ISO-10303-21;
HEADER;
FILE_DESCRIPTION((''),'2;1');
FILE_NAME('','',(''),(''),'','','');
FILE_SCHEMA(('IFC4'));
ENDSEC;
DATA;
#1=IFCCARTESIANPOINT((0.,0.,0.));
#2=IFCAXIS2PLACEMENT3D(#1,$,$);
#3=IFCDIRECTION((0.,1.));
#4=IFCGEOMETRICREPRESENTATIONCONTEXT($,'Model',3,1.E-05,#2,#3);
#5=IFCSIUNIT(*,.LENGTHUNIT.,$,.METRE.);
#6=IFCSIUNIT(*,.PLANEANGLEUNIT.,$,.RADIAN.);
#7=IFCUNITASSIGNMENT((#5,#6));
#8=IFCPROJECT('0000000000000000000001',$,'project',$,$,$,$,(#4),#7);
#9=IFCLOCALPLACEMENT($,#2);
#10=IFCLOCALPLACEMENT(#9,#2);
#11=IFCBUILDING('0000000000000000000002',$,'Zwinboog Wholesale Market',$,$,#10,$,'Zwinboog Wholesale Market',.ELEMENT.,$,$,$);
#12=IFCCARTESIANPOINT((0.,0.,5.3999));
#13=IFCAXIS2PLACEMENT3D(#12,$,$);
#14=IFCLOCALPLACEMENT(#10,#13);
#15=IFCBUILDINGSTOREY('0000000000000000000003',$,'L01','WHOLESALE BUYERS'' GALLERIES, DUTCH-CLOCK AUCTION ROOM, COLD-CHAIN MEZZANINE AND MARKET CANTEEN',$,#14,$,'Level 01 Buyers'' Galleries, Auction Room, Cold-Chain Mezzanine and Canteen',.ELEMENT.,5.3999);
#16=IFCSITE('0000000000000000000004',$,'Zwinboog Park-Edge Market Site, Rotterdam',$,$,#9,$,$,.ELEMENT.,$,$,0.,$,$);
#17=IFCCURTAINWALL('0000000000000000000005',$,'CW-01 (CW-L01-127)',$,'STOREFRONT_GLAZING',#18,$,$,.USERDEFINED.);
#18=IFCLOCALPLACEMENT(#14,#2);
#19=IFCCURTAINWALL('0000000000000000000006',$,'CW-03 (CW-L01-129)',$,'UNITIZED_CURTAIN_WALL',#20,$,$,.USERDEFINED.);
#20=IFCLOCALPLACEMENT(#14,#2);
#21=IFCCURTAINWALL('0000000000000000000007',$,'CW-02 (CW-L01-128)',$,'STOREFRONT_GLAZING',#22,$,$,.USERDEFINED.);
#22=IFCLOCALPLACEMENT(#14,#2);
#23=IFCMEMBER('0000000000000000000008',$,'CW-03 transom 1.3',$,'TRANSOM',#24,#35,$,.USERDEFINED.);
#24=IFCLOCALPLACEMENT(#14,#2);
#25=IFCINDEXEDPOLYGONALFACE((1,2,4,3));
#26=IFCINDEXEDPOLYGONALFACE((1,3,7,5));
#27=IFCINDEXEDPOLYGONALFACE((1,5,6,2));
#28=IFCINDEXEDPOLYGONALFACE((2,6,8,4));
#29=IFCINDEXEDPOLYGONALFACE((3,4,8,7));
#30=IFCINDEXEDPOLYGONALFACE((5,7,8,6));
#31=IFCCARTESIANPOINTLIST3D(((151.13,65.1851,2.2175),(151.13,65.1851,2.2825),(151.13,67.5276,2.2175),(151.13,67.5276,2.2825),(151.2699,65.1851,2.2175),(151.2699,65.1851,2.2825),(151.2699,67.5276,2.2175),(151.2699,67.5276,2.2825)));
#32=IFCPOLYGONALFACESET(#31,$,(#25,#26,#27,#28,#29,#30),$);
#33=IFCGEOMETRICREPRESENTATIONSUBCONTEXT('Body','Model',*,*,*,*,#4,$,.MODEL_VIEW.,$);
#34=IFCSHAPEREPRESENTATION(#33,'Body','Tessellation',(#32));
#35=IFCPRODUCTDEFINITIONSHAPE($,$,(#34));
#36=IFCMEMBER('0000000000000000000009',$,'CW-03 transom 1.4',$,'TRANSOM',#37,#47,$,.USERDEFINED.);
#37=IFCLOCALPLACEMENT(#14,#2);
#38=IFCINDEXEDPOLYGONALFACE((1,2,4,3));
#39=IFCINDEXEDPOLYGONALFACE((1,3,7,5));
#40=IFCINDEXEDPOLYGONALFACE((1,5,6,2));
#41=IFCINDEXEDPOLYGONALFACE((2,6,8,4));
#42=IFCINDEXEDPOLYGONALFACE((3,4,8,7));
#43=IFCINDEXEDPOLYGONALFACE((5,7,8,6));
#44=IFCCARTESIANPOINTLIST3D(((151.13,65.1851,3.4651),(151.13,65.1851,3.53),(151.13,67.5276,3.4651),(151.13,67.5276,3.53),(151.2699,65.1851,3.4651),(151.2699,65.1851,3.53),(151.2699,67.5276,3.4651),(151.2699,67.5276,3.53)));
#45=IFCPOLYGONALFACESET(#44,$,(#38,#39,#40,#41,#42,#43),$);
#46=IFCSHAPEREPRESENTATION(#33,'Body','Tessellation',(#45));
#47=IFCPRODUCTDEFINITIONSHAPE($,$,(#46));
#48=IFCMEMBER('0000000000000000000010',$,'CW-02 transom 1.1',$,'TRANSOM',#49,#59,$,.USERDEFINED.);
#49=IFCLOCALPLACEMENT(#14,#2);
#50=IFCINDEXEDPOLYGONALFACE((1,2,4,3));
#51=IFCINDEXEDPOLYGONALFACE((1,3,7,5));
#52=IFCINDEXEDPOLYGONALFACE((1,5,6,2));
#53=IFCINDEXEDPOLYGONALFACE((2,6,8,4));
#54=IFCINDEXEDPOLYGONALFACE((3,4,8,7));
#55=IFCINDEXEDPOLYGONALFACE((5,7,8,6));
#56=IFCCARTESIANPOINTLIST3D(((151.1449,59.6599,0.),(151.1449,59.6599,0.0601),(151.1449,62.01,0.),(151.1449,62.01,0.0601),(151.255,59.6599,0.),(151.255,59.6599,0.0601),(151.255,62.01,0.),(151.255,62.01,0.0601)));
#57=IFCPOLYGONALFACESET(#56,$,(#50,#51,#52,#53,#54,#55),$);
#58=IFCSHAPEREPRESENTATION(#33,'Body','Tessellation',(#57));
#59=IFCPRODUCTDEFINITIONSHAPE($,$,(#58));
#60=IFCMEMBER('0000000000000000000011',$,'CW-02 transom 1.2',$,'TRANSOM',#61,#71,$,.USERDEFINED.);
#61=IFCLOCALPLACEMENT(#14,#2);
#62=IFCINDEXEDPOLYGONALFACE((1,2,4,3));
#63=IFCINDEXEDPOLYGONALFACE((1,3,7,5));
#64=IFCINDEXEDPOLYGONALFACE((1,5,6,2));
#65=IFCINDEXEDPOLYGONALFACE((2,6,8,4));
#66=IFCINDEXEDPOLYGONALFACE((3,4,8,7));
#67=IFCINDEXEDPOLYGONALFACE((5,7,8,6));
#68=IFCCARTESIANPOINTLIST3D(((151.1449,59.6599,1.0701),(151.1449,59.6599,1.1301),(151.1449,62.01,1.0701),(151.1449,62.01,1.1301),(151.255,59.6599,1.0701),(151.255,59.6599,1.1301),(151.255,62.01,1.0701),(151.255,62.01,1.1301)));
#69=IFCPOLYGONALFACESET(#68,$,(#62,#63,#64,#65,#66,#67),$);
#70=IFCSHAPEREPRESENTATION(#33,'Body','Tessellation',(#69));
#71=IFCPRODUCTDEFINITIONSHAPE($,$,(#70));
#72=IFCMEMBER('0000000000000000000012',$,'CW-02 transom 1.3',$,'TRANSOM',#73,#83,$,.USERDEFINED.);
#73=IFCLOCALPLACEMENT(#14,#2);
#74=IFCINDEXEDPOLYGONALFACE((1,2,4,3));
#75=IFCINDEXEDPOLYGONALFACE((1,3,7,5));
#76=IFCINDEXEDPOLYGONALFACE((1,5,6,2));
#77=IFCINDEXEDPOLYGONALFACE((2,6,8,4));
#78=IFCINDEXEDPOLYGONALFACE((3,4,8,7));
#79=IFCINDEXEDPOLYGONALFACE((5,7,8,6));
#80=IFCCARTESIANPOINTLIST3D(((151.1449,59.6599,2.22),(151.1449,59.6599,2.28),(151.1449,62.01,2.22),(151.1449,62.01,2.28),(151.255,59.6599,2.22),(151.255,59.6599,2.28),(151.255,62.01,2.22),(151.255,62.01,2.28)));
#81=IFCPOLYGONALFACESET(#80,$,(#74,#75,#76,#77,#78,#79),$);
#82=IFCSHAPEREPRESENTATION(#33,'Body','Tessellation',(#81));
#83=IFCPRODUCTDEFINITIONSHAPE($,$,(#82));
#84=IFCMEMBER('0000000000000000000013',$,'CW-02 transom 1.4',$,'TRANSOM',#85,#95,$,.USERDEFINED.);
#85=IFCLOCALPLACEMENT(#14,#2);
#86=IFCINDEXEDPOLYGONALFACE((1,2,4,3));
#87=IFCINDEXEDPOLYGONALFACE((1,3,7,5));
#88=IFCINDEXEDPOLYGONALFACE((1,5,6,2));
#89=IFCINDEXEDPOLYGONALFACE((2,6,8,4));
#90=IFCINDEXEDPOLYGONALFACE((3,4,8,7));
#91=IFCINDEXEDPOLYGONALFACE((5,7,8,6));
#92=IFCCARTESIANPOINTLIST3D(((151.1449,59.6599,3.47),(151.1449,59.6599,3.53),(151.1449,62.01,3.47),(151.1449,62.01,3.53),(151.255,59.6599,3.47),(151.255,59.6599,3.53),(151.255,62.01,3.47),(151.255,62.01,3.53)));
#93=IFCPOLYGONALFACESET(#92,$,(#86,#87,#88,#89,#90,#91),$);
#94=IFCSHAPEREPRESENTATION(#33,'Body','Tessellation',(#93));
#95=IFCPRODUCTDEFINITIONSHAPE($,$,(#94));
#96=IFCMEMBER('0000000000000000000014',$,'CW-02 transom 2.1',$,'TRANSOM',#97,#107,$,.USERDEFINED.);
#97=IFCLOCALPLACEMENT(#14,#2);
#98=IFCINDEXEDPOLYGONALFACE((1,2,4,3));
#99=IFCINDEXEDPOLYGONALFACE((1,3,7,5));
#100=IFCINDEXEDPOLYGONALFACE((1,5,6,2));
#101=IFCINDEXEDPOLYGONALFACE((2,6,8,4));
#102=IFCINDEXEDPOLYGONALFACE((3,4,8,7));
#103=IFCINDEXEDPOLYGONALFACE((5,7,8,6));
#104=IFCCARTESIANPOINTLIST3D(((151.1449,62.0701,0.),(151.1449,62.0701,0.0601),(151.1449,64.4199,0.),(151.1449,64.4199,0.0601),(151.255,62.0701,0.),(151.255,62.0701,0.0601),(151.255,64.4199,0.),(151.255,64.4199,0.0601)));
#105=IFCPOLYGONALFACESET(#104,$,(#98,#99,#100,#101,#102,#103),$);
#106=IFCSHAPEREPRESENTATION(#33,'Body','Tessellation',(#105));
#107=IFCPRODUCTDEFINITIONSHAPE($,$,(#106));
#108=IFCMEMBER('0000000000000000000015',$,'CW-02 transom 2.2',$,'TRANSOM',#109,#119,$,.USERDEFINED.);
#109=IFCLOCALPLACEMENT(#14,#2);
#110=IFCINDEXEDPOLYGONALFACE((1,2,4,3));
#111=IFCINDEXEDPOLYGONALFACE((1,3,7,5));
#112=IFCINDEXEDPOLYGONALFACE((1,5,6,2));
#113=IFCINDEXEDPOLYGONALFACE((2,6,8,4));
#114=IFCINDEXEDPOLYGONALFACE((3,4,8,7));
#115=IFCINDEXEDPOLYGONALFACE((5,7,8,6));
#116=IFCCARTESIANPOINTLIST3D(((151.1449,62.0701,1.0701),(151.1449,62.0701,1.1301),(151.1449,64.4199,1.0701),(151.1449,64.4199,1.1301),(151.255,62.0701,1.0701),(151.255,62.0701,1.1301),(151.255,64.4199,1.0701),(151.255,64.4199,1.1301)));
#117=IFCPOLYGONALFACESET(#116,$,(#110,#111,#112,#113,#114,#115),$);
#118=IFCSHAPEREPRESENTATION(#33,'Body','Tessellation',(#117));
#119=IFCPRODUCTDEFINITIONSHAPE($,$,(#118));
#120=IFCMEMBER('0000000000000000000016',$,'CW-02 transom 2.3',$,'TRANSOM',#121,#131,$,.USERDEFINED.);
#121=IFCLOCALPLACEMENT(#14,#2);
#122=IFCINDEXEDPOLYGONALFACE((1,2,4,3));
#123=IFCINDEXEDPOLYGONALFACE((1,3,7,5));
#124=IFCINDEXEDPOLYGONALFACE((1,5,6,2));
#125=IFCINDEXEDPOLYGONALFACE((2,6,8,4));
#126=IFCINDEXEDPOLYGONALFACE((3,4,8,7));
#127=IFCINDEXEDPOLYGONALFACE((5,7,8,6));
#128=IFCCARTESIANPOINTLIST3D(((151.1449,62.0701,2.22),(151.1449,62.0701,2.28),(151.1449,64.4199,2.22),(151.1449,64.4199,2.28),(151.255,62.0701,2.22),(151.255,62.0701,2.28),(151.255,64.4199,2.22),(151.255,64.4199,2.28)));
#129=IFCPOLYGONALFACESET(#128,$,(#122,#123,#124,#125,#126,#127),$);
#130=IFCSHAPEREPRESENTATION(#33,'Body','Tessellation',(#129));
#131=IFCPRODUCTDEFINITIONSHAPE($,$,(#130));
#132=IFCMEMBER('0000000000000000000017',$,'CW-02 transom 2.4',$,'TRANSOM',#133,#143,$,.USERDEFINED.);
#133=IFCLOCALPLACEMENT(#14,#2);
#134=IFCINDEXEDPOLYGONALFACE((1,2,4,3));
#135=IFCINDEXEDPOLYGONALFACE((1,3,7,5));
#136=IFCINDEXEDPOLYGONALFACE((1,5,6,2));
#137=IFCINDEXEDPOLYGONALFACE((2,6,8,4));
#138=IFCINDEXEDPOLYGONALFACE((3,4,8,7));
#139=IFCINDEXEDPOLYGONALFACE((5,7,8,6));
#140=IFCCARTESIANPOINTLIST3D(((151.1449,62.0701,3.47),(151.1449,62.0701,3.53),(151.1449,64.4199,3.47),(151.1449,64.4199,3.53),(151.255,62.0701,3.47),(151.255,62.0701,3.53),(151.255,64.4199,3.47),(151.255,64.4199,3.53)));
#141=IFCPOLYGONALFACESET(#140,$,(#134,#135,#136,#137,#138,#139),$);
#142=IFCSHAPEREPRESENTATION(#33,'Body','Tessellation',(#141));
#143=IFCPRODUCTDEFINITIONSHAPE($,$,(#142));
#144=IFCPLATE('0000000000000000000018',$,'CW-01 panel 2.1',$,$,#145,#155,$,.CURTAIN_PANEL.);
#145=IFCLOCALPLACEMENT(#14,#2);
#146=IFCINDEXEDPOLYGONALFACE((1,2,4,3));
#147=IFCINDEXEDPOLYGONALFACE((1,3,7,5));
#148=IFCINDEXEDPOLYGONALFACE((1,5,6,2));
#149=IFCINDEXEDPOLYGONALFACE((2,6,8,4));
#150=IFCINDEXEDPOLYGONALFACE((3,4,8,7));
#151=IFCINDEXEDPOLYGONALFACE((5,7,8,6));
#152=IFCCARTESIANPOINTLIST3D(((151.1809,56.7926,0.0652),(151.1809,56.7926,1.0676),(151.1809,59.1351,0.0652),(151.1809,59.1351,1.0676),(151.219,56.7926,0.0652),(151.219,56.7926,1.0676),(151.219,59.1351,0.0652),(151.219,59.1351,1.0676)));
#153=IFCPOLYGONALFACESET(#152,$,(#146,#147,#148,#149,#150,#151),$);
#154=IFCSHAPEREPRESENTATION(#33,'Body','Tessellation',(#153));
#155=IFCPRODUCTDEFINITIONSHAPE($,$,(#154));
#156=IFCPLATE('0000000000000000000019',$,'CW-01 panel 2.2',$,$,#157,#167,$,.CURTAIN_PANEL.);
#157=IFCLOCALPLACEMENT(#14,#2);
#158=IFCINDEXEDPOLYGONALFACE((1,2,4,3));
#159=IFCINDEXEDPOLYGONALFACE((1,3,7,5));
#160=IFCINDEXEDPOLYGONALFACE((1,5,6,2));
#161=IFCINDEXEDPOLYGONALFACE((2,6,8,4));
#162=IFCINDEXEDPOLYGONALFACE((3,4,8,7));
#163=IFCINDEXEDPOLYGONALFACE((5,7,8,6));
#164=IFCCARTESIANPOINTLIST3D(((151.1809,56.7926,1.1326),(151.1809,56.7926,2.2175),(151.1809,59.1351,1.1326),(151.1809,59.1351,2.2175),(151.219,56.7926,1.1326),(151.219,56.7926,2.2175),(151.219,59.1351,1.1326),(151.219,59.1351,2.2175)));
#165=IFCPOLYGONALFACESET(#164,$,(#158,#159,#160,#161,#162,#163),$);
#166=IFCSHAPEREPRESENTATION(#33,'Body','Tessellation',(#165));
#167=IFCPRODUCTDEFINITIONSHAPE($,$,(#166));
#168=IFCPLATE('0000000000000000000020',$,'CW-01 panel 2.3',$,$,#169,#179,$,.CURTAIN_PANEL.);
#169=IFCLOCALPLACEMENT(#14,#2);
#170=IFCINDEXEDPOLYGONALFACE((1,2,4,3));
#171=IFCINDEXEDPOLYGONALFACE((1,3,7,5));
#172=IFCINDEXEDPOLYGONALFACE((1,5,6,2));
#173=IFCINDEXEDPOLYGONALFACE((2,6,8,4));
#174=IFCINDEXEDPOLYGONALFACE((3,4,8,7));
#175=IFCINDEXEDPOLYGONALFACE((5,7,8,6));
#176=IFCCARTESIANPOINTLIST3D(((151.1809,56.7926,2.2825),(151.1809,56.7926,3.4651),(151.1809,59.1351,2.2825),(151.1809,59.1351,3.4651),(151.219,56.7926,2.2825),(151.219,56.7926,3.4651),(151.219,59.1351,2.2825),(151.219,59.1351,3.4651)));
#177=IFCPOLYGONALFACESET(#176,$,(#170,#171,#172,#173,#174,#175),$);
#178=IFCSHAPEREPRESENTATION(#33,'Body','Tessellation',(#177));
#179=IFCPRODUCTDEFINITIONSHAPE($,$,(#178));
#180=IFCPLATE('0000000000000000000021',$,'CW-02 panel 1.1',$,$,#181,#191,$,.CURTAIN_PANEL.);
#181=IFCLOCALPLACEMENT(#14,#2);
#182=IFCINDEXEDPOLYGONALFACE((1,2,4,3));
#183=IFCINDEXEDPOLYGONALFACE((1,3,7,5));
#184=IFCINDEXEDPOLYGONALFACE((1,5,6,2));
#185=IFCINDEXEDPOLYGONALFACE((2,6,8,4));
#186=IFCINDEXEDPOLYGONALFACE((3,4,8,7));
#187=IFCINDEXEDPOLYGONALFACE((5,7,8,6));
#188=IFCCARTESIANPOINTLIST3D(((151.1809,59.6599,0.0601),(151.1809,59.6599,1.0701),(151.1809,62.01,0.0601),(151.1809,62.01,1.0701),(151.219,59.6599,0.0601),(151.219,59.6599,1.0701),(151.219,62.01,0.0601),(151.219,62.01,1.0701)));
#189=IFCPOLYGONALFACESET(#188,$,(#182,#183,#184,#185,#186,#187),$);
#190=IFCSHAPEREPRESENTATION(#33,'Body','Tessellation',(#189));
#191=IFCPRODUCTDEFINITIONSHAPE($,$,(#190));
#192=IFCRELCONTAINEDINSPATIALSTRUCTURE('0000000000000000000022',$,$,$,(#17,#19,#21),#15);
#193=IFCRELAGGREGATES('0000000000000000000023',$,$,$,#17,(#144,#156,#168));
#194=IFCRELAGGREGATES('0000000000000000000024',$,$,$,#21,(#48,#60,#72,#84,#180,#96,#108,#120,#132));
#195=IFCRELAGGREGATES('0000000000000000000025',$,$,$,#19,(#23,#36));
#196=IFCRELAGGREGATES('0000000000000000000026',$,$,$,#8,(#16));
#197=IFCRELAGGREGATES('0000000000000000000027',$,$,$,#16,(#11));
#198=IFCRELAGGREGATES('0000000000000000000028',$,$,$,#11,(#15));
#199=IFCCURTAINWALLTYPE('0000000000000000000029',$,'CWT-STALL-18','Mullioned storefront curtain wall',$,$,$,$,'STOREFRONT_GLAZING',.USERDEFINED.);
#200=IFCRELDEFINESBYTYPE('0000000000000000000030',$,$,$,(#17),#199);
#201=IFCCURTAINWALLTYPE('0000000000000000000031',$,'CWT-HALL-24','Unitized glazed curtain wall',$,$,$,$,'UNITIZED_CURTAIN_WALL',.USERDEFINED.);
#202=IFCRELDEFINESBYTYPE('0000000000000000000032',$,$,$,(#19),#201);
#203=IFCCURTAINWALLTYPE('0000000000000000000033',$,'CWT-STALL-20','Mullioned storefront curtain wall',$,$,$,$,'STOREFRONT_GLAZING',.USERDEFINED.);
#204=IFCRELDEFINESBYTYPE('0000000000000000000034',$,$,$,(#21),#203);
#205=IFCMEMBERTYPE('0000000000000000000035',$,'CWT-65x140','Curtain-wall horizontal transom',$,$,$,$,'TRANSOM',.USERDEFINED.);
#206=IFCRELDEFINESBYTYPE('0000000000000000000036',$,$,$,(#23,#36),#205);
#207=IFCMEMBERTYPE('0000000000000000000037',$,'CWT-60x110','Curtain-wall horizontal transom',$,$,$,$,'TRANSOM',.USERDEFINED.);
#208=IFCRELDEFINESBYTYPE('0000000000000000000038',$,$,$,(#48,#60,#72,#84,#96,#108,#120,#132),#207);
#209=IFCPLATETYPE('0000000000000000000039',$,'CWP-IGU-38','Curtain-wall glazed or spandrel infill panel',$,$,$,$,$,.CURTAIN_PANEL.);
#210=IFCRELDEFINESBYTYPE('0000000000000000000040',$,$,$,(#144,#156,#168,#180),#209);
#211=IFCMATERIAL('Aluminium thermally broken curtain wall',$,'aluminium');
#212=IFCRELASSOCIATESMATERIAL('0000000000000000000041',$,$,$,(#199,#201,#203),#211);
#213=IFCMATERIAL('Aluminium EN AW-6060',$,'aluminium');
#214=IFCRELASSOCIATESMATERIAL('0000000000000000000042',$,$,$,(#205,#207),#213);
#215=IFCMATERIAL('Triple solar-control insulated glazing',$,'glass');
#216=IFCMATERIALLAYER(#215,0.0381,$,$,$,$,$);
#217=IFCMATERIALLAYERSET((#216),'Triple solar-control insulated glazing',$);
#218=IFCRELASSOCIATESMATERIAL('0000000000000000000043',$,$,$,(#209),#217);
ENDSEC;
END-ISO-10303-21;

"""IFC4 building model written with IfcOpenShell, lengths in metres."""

from ifc_helpers import new_model, si_unit, direction, frame, origin, origin_2d, place, context, subcontext, project, spatial, rectangle, extrude, material, layer, layer_set, material_profile, profile_set, type_object, element, aggregate, save


model = new_model("IFC4")

# Units and contexts
model_context = context("Model", 3, precision=1e-05, world=origin(), true_north=direction((0.0, 1.0)))
body_context = subcontext(model_context, "Body", "Model", "MODEL_VIEW")
ifc_project = project(units=[si_unit("LENGTHUNIT", "METRE"), si_unit("PLANEANGLEUNIT", "RADIAN")], contexts=[model_context])

# Site, building, storey
site_placement = place(None, origin())
site = spatial("IfcSite", under=ifc_project, at=site_placement, Name="Zwinboog Park-Edge Market Site, Rotterdam", CompositionType="ELEMENT", RefElevation=0.0)
building_placement = place(site_placement, origin())
building = spatial("IfcBuilding", under=site, at=building_placement, Name="Zwinboog Wholesale Market", LongName="Zwinboog Wholesale Market", CompositionType="ELEMENT")
storey_placement = place(building_placement, frame((0.0, 0.0, 5.3999)))
storey = spatial("IfcBuildingStorey", under=building, at=storey_placement, Name="L01", Description="WHOLESALE BUYERS' GALLERIES, DUTCH-CLOCK AUCTION ROOM, COLD-CHAIN MEZZANINE AND MARKET CANTEEN", LongName="Level 01 Buyers' Galleries, Auction Room, Cold-Chain Mezzanine and Canteen", CompositionType="ELEMENT", Elevation=5.3999)

# Curtain walls
ifc_material_1 = material(Name="Aluminium thermally broken curtain wall", Category="aluminium")
curtain_wall_type_1 = type_object("IfcCurtainWallType", Name="CWT-STALL-18", Description="Mullioned storefront curtain wall", ElementType="STOREFRONT_GLAZING", PredefinedType="USERDEFINED", material=ifc_material_1)
curtain_wall_1_placement = place(storey_placement, origin())
curtain_wall_1 = element("IfcCurtainWall", 1, at=curtain_wall_1_placement, inside=storey, type_object=curtain_wall_type_1, Name="CW-01 (CW-L01-127)", ObjectType="STOREFRONT_GLAZING", PredefinedType="USERDEFINED")
ifc_material_2 = material(Name="Aluminium EN AW-6060", Category="aluminium")
curtain_wall_type_2 = type_object("IfcCurtainWallType", Name="CWT-HALL-24", Description="Unitized glazed curtain wall", ElementType="UNITIZED_CURTAIN_WALL", PredefinedType="USERDEFINED", material=ifc_material_1)
curtain_wall_2_placement = place(storey_placement, origin())
curtain_wall_2 = element("IfcCurtainWall", 2, at=curtain_wall_2_placement, inside=storey, type_object=curtain_wall_type_2, Name="CW-03 (CW-L01-129)", ObjectType="UNITIZED_CURTAIN_WALL", PredefinedType="USERDEFINED")

# Curtain wall
curtain_wall_type_3 = type_object("IfcCurtainWallType", Name="CWT-STALL-20", Description="Mullioned storefront curtain wall", ElementType="STOREFRONT_GLAZING", PredefinedType="USERDEFINED", material=ifc_material_1)
curtain_wall_3_placement = place(storey_placement, origin())
curtain_wall_3 = element("IfcCurtainWall", 3, at=curtain_wall_3_placement, inside=storey, type_object=curtain_wall_type_3, Name="CW-02 (CW-L01-128)", ObjectType="STOREFRONT_GLAZING", PredefinedType="USERDEFINED")

# Members
ifc_material_profile_1 = material_profile(ifc_material_2, rectangle(XDim=0.1399, YDim=0.0649, at=origin_2d()), Name="AL 65x140")
ifc_profile_set_1 = profile_set([ifc_material_profile_1], Name="Aluminium EN AW-6060")
member_type_1 = type_object("IfcMemberType", Name="CWT-65x140", Description="Curtain-wall horizontal transom", ElementType="TRANSOM", PredefinedType="USERDEFINED", material=ifc_profile_set_1)
member_1_placement = place(storey_placement, frame((151.2, 65.1851, 2.25), z_axis=(0.0, 1.0, 0.0), x_axis=(-1.0, 0.0, 0.0)))
member_1 = element("IfcMember", 4, at=member_1_placement, type_object=member_type_1, Name="CW-03 transom 1.3", ObjectType="TRANSOM", PredefinedType="USERDEFINED", context=body_context, shape_type="SweptSolid", body=[
    extrude(rectangle(XDim=0.1399, YDim=0.0649, at=origin_2d()), origin(), (0.0, 0.0, 1.0), 2.3425),
])
member_2_placement = place(storey_placement, frame((151.2, 65.1851, 3.4976), z_axis=(0.0, 1.0, 0.0), x_axis=(-1.0, 0.0, 0.0)))
member_2 = element("IfcMember", 5, at=member_2_placement, type_object=member_type_1, Name="CW-03 transom 1.4", ObjectType="TRANSOM", PredefinedType="USERDEFINED", context=body_context, shape_type="SweptSolid", body=[
    extrude(rectangle(XDim=0.1399, YDim=0.0649, at=origin_2d()), origin(), (0.0, 0.0, 1.0), 2.3425),
])
ifc_material_profile_2 = material_profile(ifc_material_2, rectangle(XDim=0.1101, YDim=0.0601, at=origin_2d()), Name="AL 60x110")
ifc_profile_set_2 = profile_set([ifc_material_profile_2], Name="Aluminium EN AW-6060")
member_type_2 = type_object("IfcMemberType", Name="CWT-60x110", Description="Curtain-wall horizontal transom", ElementType="TRANSOM", PredefinedType="USERDEFINED", material=ifc_profile_set_2)
member_3_placement = place(storey_placement, frame((151.2, 59.6599, 0.03), z_axis=(0.0, 1.0, 0.0), x_axis=(-1.0, 0.0, 0.0)))
member_3 = element("IfcMember", 6, at=member_3_placement, type_object=member_type_2, Name="CW-02 transom 1.1", ObjectType="TRANSOM", PredefinedType="USERDEFINED", context=body_context, shape_type="SweptSolid", body=[
    extrude(rectangle(XDim=0.1101, YDim=0.0601, at=origin_2d()), origin(), (0.0, 0.0, 1.0), 2.3501),
])
member_4_placement = place(storey_placement, frame((151.2, 59.6599, 1.1001), z_axis=(0.0, 1.0, 0.0), x_axis=(-1.0, 0.0, 0.0)))
member_4 = element("IfcMember", 7, at=member_4_placement, type_object=member_type_2, Name="CW-02 transom 1.2", ObjectType="TRANSOM", PredefinedType="USERDEFINED", context=body_context, shape_type="SweptSolid", body=[
    extrude(rectangle(XDim=0.1101, YDim=0.0601, at=origin_2d()), origin(), (0.0, 0.0, 1.0), 2.3501),
])
member_5_placement = place(storey_placement, frame((151.2, 59.6599, 2.25), z_axis=(0.0, 1.0, 0.0), x_axis=(-1.0, 0.0, 0.0)))
member_5 = element("IfcMember", 8, at=member_5_placement, type_object=member_type_2, Name="CW-02 transom 1.3", ObjectType="TRANSOM", PredefinedType="USERDEFINED", context=body_context, shape_type="SweptSolid", body=[
    extrude(rectangle(XDim=0.1101, YDim=0.0601, at=origin_2d()), origin(), (0.0, 0.0, 1.0), 2.3501),
])
member_6_placement = place(storey_placement, frame((151.2, 59.6599, 3.5), z_axis=(0.0, 1.0, 0.0), x_axis=(-1.0, 0.0, 0.0)))
member_6 = element("IfcMember", 9, at=member_6_placement, type_object=member_type_2, Name="CW-02 transom 1.4", ObjectType="TRANSOM", PredefinedType="USERDEFINED", context=body_context, shape_type="SweptSolid", body=[
    extrude(rectangle(XDim=0.1101, YDim=0.0601, at=origin_2d()), origin(), (0.0, 0.0, 1.0), 2.3501),
])
member_7_placement = place(storey_placement, frame((151.2, 62.0701, 0.03), z_axis=(0.0, 1.0, 0.0), x_axis=(-1.0, 0.0, 0.0)))
member_7 = element("IfcMember", 10, at=member_7_placement, type_object=member_type_2, Name="CW-02 transom 2.1", ObjectType="TRANSOM", PredefinedType="USERDEFINED", context=body_context, shape_type="SweptSolid", body=[
    extrude(rectangle(XDim=0.1101, YDim=0.0601, at=origin_2d()), origin(), (0.0, 0.0, 1.0), 2.3499),
])
member_8_placement = place(storey_placement, frame((151.2, 62.0701, 1.1001), z_axis=(0.0, 1.0, 0.0), x_axis=(-1.0, 0.0, 0.0)))
member_8 = element("IfcMember", 11, at=member_8_placement, type_object=member_type_2, Name="CW-02 transom 2.2", ObjectType="TRANSOM", PredefinedType="USERDEFINED", context=body_context, shape_type="SweptSolid", body=[
    extrude(rectangle(XDim=0.1101, YDim=0.0601, at=origin_2d()), origin(), (0.0, 0.0, 1.0), 2.3499),
])
member_9_placement = place(storey_placement, frame((151.2, 62.0701, 2.25), z_axis=(0.0, 1.0, 0.0), x_axis=(-1.0, 0.0, 0.0)))
member_9 = element("IfcMember", 12, at=member_9_placement, type_object=member_type_2, Name="CW-02 transom 2.3", ObjectType="TRANSOM", PredefinedType="USERDEFINED", context=body_context, shape_type="SweptSolid", body=[
    extrude(rectangle(XDim=0.1101, YDim=0.0601, at=origin_2d()), origin(), (0.0, 0.0, 1.0), 2.3499),
])
member_10_placement = place(storey_placement, frame((151.2, 62.0701, 3.5), z_axis=(0.0, 1.0, 0.0), x_axis=(-1.0, 0.0, 0.0)))
member_10 = element("IfcMember", 13, at=member_10_placement, type_object=member_type_2, Name="CW-02 transom 2.4", ObjectType="TRANSOM", PredefinedType="USERDEFINED", context=body_context, shape_type="SweptSolid", body=[
    extrude(rectangle(XDim=0.1101, YDim=0.0601, at=origin_2d()), origin(), (0.0, 0.0, 1.0), 2.3499),
])

# Plates
ifc_material_3 = material(Name="Triple solar-control insulated glazing", Category="glass")
ifc_layer_1 = layer(ifc_material_3, 0.0381)
ifc_layer_set_1 = layer_set([ifc_layer_1], Name="Triple solar-control insulated glazing")
plate_type = type_object("IfcPlateType", Name="CWP-IGU-38", Description="Curtain-wall glazed or spandrel infill panel", PredefinedType="CURTAIN_PANEL", material=ifc_layer_set_1)
plate_1_placement = place(storey_placement, frame((151.2, 57.9639, 0.0652), z_axis=(0.0, 0.0, 1.0), x_axis=(0.0, 1.0, 0.0)))
plate_1 = element("IfcPlate", 14, at=plate_1_placement, type_object=plate_type, Name="CW-01 panel 2.1", PredefinedType="CURTAIN_PANEL", context=body_context, shape_type="SweptSolid", body=[
    extrude(rectangle(XDim=2.3425, YDim=0.0381, at=origin_2d()), origin(), (0.0, 0.0, 1.0), 1.0024),
])
plate_2_placement = place(storey_placement, frame((151.2, 57.9639, 1.1326), z_axis=(0.0, 0.0, 1.0), x_axis=(0.0, 1.0, 0.0)))
plate_2 = element("IfcPlate", 15, at=plate_2_placement, type_object=plate_type, Name="CW-01 panel 2.2", PredefinedType="CURTAIN_PANEL", context=body_context, shape_type="SweptSolid", body=[
    extrude(rectangle(XDim=2.3425, YDim=0.0381, at=origin_2d()), origin(), (0.0, 0.0, 1.0), 1.085),
])
plate_3_placement = place(storey_placement, frame((151.2, 57.9639, 2.2825), z_axis=(0.0, 0.0, 1.0), x_axis=(0.0, 1.0, 0.0)))
plate_3 = element("IfcPlate", 16, at=plate_3_placement, type_object=plate_type, Name="CW-01 panel 2.3", PredefinedType="CURTAIN_PANEL", context=body_context, shape_type="SweptSolid", body=[
    extrude(rectangle(XDim=2.3425, YDim=0.0381, at=origin_2d()), origin(), (0.0, 0.0, 1.0), 1.1826),
])
aggregate(curtain_wall_1, [plate_1, plate_2, plate_3])
plate_4_placement = place(storey_placement, frame((151.2, 60.835, 0.0601), z_axis=(0.0, 0.0, 1.0), x_axis=(0.0, 1.0, 0.0)))
plate_4 = element("IfcPlate", 17, at=plate_4_placement, type_object=plate_type, Name="CW-02 panel 1.1", PredefinedType="CURTAIN_PANEL", context=body_context, shape_type="SweptSolid", body=[
    extrude(rectangle(XDim=2.3501, YDim=0.0381, at=origin_2d()), origin(), (0.0, 0.0, 1.0), 1.01),
])
aggregate(curtain_wall_3, [member_3, member_4, member_5, member_6, plate_4, member_7, member_8, member_9, member_10])
aggregate(curtain_wall_2, [member_1, member_2])

save(model, "model.ifc")
